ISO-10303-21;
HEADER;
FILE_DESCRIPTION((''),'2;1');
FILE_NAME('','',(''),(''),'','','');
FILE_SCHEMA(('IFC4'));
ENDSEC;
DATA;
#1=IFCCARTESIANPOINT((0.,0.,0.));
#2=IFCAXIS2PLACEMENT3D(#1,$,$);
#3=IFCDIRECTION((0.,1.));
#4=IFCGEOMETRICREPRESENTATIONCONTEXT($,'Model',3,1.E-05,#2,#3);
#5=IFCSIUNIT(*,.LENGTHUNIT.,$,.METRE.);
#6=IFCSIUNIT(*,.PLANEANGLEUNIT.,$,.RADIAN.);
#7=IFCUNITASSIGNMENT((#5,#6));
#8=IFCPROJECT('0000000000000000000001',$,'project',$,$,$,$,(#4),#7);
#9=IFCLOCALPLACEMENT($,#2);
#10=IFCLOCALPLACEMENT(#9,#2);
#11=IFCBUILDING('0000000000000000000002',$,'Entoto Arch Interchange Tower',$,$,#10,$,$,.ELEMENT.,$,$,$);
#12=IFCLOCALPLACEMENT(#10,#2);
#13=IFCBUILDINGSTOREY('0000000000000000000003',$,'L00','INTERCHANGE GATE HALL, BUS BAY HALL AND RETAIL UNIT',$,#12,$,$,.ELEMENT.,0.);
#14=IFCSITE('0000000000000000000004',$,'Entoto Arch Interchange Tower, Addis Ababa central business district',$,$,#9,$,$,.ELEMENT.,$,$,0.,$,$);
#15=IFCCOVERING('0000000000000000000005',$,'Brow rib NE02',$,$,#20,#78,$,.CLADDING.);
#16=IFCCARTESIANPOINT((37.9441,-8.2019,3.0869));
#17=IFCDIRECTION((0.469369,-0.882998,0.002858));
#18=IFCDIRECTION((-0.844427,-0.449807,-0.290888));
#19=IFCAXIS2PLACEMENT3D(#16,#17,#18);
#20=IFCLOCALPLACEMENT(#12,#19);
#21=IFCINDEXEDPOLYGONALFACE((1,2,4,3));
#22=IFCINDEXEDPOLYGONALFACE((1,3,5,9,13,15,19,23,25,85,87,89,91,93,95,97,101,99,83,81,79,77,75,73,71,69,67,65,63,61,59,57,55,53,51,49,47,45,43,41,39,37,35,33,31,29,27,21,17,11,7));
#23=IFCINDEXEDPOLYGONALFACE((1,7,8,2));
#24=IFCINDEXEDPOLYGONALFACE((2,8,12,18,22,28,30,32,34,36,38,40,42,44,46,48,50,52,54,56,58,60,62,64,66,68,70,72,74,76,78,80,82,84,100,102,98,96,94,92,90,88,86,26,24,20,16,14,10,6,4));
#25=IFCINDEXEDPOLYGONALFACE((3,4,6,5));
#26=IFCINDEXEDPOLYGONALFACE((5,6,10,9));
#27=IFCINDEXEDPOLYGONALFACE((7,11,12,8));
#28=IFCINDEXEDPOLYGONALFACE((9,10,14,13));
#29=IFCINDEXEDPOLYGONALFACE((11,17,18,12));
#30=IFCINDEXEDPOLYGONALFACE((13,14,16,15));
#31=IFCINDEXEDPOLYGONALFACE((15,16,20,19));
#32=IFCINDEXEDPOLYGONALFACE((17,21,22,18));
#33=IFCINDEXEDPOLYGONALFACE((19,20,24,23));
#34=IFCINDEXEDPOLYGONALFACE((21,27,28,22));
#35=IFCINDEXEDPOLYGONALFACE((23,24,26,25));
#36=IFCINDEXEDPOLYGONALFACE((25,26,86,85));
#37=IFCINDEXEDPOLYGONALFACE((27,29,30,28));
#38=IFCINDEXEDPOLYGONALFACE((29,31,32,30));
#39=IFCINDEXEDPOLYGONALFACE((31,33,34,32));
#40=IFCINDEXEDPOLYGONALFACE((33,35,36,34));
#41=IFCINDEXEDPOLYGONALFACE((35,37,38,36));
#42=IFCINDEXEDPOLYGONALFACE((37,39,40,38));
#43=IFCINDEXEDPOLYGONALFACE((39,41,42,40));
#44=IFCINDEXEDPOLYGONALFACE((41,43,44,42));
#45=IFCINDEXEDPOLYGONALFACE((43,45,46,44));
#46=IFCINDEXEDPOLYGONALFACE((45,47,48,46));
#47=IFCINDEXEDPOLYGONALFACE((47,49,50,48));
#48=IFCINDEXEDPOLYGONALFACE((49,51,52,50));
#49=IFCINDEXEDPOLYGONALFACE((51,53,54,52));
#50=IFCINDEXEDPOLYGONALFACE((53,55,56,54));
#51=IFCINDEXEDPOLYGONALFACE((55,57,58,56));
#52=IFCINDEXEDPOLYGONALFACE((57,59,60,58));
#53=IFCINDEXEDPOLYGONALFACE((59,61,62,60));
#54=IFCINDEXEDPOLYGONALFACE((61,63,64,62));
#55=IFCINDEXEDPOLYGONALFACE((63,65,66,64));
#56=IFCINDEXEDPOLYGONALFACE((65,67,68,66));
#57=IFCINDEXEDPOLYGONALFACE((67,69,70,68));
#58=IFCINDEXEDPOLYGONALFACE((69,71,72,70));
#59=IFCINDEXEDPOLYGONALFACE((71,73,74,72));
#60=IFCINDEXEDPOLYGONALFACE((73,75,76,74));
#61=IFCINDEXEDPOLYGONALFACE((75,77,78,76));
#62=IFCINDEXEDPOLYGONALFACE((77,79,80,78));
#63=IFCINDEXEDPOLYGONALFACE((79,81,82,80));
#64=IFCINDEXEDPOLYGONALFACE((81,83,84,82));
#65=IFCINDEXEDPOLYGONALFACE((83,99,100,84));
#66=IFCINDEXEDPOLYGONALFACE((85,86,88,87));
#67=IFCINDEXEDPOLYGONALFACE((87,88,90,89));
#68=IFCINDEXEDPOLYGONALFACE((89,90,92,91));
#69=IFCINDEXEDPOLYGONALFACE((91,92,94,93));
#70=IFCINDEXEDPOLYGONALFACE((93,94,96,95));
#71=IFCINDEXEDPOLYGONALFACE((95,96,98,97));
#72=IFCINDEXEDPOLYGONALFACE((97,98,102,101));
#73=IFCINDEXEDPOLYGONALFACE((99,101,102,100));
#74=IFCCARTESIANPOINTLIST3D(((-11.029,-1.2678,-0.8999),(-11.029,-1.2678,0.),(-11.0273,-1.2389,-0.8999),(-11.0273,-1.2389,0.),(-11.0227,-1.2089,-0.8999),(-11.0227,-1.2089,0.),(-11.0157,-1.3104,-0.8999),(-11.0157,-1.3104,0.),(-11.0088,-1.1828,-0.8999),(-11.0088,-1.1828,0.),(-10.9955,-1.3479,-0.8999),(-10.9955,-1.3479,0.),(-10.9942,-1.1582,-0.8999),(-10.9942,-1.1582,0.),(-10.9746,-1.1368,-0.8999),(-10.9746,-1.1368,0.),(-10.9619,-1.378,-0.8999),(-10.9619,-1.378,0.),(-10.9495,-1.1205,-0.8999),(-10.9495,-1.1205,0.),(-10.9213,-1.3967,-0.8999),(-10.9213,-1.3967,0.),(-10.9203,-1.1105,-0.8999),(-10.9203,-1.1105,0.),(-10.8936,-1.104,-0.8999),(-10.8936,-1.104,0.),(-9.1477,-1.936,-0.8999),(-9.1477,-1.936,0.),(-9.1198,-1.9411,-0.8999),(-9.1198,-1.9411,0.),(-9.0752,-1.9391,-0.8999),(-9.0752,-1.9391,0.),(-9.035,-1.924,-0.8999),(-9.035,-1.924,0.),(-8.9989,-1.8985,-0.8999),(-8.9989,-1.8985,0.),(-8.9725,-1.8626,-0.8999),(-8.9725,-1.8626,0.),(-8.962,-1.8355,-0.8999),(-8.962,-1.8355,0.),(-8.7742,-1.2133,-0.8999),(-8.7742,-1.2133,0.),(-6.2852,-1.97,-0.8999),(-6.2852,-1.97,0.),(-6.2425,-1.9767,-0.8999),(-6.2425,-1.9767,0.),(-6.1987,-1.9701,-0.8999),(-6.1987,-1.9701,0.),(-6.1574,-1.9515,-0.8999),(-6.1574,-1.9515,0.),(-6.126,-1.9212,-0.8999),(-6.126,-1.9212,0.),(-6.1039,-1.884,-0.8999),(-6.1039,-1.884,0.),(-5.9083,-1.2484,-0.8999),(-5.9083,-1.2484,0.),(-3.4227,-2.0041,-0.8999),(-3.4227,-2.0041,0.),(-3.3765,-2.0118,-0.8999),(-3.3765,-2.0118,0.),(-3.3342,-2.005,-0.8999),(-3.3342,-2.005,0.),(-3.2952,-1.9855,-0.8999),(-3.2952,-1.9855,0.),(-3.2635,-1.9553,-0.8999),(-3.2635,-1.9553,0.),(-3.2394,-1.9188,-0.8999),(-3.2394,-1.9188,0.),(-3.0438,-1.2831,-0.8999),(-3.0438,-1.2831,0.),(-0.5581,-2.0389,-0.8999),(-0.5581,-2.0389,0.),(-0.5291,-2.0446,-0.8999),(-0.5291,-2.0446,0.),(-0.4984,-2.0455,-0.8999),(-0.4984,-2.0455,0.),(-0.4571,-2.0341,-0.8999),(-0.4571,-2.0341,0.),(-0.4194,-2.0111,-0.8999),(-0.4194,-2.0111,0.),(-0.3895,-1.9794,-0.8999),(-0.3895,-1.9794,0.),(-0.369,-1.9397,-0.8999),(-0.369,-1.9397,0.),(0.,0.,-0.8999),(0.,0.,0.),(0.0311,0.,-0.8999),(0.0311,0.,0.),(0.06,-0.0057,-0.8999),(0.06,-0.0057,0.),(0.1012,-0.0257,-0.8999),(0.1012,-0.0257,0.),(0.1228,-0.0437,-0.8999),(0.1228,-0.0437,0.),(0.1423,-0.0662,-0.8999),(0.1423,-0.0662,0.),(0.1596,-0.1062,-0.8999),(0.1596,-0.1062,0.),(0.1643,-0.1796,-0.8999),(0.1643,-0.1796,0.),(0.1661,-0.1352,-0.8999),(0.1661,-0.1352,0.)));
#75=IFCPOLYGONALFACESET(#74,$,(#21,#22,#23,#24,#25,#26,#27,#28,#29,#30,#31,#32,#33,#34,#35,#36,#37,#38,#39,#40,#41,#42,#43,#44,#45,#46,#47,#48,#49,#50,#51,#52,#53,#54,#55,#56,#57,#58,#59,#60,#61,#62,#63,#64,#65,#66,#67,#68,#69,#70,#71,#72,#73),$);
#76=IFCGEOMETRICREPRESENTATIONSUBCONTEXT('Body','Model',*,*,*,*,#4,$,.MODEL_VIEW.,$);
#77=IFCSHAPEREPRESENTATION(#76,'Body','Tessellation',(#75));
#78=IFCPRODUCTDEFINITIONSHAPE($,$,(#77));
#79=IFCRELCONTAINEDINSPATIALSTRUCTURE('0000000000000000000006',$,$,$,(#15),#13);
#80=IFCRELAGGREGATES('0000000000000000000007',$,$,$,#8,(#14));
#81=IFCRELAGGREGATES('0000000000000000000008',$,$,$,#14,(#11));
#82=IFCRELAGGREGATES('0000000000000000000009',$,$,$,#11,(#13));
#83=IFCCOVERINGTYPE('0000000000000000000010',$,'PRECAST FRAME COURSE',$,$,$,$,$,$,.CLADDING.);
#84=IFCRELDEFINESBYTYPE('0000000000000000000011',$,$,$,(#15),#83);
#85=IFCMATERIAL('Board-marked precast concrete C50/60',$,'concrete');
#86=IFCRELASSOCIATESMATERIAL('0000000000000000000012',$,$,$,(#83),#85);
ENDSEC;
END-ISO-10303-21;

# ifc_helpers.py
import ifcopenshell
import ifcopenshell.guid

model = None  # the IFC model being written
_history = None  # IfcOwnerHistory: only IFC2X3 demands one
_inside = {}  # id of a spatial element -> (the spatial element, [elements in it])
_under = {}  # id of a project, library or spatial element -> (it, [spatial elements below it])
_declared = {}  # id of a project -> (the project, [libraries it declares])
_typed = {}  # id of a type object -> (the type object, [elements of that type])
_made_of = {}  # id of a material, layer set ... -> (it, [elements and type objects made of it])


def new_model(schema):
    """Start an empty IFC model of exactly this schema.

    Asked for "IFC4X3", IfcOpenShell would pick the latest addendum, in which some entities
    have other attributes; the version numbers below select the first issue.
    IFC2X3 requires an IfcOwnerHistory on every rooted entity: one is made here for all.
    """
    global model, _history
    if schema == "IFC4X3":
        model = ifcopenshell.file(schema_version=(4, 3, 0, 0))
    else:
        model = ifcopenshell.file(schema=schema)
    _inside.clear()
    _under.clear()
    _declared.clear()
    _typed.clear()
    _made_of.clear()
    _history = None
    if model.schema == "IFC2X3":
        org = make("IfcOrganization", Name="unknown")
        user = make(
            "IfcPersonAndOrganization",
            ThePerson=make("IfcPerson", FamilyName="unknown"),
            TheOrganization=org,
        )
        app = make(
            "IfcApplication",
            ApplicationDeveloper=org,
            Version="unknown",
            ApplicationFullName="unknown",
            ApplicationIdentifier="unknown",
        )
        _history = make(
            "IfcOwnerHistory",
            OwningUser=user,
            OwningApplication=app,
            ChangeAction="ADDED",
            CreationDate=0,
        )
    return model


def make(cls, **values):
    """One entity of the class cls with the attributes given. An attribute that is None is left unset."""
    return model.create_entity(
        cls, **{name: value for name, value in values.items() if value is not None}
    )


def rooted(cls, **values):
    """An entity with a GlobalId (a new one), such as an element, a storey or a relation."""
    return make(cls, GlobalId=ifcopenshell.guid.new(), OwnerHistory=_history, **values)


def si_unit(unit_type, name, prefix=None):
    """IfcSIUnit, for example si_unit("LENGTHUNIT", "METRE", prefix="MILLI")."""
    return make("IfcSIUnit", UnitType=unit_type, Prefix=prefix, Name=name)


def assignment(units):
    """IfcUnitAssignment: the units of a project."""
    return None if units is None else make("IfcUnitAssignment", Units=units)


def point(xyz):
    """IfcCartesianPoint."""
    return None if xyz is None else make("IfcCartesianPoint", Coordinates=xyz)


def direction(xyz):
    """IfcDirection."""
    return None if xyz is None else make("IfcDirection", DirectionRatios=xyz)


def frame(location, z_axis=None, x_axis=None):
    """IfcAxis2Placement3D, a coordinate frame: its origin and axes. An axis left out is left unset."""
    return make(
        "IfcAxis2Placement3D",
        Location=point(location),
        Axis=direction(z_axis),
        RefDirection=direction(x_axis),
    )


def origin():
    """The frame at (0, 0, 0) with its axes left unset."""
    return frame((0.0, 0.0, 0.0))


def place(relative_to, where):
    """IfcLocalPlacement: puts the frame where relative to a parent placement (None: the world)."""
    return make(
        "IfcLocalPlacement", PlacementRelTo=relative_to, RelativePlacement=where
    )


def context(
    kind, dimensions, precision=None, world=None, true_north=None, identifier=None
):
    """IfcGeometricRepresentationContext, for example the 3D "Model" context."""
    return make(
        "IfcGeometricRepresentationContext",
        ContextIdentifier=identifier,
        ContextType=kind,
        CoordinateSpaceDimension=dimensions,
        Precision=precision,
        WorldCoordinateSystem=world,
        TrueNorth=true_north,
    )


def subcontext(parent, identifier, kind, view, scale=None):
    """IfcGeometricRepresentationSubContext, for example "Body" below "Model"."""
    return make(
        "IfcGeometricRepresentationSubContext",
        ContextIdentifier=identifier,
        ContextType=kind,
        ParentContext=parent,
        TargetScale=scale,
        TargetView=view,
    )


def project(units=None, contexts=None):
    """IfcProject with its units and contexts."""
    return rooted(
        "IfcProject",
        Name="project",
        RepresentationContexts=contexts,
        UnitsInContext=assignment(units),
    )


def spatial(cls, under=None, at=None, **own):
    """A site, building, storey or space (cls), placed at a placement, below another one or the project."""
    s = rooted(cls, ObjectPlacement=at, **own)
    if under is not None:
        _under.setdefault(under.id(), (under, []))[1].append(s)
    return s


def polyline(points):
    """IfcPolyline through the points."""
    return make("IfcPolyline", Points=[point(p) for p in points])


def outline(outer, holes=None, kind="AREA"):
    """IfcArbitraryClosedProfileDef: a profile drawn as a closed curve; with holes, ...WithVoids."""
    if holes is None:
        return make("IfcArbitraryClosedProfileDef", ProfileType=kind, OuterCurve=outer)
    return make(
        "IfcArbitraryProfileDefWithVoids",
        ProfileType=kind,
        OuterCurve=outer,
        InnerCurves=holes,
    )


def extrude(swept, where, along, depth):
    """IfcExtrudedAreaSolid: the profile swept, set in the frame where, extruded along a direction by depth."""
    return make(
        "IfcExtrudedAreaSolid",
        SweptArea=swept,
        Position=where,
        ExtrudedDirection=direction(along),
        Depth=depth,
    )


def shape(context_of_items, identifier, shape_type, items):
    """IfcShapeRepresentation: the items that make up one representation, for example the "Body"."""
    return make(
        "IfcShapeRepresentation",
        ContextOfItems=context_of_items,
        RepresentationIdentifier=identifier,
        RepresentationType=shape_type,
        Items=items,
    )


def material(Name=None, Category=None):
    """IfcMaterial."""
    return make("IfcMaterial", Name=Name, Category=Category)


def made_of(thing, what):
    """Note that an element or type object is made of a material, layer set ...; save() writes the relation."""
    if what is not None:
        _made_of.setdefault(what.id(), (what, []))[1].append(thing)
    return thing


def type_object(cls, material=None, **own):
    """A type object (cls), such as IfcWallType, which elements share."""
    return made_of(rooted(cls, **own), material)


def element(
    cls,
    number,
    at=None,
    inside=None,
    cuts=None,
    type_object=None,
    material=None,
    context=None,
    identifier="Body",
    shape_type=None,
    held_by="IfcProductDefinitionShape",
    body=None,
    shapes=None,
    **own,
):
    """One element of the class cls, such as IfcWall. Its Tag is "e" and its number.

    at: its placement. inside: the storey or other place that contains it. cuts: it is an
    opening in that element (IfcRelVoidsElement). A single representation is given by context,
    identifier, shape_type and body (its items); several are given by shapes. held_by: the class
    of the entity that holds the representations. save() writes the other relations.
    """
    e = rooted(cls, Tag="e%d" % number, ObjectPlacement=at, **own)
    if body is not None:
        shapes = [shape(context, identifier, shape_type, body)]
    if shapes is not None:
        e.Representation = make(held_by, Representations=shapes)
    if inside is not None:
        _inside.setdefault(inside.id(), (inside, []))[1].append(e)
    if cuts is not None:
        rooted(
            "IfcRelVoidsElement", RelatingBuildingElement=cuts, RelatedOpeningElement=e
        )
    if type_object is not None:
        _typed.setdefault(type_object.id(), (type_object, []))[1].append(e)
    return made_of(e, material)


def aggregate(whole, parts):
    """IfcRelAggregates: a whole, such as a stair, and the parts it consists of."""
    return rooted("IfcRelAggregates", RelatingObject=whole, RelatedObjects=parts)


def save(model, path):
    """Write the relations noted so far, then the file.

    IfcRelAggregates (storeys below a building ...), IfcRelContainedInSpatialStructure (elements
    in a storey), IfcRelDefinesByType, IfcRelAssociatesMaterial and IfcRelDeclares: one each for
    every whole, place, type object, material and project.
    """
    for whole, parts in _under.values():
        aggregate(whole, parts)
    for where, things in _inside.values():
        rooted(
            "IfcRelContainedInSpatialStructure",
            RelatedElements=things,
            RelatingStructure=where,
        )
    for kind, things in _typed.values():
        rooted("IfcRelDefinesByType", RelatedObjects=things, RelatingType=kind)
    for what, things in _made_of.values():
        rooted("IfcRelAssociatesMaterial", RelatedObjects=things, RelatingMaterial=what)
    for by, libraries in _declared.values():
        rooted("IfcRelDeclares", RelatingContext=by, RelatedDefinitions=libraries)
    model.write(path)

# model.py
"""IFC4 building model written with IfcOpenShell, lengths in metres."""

from ifc_helpers import new_model, si_unit, direction, frame, origin, place, context, subcontext, project, spatial, polyline, outline, extrude, material, type_object, element, save


model = new_model("IFC4")

# Units and contexts
model_context = context("Model", 3, precision=1e-05, world=origin(), true_north=direction((0.0, 1.0)))
body_context = subcontext(model_context, "Body", "Model", "MODEL_VIEW")
ifc_project = project(units=[si_unit("LENGTHUNIT", "METRE"), si_unit("PLANEANGLEUNIT", "RADIAN")], contexts=[model_context])

# Site, building, storey
site_placement = place(None, origin())
site = spatial("IfcSite", under=ifc_project, at=site_placement, Name="Entoto Arch Interchange Tower, Addis Ababa central business district", CompositionType="ELEMENT", RefElevation=0.0)
building_placement = place(site_placement, origin())
building = spatial("IfcBuilding", under=site, at=building_placement, Name="Entoto Arch Interchange Tower", CompositionType="ELEMENT")
storey_placement = place(building_placement, origin())
storey = spatial("IfcBuildingStorey", under=building, at=storey_placement, Name="L00", Description="INTERCHANGE GATE HALL, BUS BAY HALL AND RETAIL UNIT", CompositionType="ELEMENT", Elevation=0.0)

# Covering
ifc_material_1 = material(Name="Board-marked precast concrete C50/60", Category="concrete")
covering_type = type_object("IfcCoveringType", Name="PRECAST FRAME COURSE", PredefinedType="CLADDING", material=ifc_material_1)
covering_placement = place(storey_placement, frame((37.9441, -8.2019, 3.0869), z_axis=(0.469369, -0.882998, 0.002858), x_axis=(-0.844427, -0.449807, -0.290888)))
element("IfcCovering", 1, at=covering_placement, inside=storey, type_object=covering_type, Name="Brow rib NE02", PredefinedType="CLADDING", context=body_context, shape_type="SweptSolid", body=[
    extrude(outline(polyline([(0.0, 0.0), (0.0311, 0.0), (0.06, -0.0057), (0.1012, -0.0257), (0.1228, -0.0437), (0.1423, -0.0662), (0.1596, -0.1062), (0.1661, -0.1352), (0.1643, -0.1796), (-0.369, -1.9397), (-0.3895, -1.9794), (-0.4194, -2.0111), (-0.4571, -2.0341), (-0.4984, -2.0455), (-0.5291, -2.0446), (-0.5581, -2.0389), (-3.0438, -1.2831), (-3.2394, -1.9188), (-3.2635, -1.9553), (-3.2952, -1.9855), (-3.3342, -2.005), (-3.3765, -2.0118), (-3.4227, -2.0041), (-5.9083, -1.2484), (-6.1039, -1.884), (-6.126, -1.9212), (-6.1574, -1.9515), (-6.1987, -1.9701), (-6.2425, -1.9767), (-6.2852, -1.97), (-8.7742, -1.2133), (-8.962, -1.8355), (-8.9725, -1.8626), (-8.9989, -1.8985), (-9.035, -1.924), (-9.0752, -1.9391), (-9.1198, -1.9411), (-9.1477, -1.936), (-10.9213, -1.3967), (-10.9619, -1.378), (-10.9955, -1.3479), (-11.0157, -1.3104), (-11.029, -1.2678), (-11.0273, -1.2389), (-11.0227, -1.2089), (-11.0088, -1.1828), (-10.9942, -1.1582), (-10.9746, -1.1368), (-10.9495, -1.1205), (-10.9203, -1.1105), (-10.8936, -1.104), (0.0, 0.0)])), origin(), (0.0, 0.0, -1.0), 0.8999),
])

save(model, "model.ifc")
